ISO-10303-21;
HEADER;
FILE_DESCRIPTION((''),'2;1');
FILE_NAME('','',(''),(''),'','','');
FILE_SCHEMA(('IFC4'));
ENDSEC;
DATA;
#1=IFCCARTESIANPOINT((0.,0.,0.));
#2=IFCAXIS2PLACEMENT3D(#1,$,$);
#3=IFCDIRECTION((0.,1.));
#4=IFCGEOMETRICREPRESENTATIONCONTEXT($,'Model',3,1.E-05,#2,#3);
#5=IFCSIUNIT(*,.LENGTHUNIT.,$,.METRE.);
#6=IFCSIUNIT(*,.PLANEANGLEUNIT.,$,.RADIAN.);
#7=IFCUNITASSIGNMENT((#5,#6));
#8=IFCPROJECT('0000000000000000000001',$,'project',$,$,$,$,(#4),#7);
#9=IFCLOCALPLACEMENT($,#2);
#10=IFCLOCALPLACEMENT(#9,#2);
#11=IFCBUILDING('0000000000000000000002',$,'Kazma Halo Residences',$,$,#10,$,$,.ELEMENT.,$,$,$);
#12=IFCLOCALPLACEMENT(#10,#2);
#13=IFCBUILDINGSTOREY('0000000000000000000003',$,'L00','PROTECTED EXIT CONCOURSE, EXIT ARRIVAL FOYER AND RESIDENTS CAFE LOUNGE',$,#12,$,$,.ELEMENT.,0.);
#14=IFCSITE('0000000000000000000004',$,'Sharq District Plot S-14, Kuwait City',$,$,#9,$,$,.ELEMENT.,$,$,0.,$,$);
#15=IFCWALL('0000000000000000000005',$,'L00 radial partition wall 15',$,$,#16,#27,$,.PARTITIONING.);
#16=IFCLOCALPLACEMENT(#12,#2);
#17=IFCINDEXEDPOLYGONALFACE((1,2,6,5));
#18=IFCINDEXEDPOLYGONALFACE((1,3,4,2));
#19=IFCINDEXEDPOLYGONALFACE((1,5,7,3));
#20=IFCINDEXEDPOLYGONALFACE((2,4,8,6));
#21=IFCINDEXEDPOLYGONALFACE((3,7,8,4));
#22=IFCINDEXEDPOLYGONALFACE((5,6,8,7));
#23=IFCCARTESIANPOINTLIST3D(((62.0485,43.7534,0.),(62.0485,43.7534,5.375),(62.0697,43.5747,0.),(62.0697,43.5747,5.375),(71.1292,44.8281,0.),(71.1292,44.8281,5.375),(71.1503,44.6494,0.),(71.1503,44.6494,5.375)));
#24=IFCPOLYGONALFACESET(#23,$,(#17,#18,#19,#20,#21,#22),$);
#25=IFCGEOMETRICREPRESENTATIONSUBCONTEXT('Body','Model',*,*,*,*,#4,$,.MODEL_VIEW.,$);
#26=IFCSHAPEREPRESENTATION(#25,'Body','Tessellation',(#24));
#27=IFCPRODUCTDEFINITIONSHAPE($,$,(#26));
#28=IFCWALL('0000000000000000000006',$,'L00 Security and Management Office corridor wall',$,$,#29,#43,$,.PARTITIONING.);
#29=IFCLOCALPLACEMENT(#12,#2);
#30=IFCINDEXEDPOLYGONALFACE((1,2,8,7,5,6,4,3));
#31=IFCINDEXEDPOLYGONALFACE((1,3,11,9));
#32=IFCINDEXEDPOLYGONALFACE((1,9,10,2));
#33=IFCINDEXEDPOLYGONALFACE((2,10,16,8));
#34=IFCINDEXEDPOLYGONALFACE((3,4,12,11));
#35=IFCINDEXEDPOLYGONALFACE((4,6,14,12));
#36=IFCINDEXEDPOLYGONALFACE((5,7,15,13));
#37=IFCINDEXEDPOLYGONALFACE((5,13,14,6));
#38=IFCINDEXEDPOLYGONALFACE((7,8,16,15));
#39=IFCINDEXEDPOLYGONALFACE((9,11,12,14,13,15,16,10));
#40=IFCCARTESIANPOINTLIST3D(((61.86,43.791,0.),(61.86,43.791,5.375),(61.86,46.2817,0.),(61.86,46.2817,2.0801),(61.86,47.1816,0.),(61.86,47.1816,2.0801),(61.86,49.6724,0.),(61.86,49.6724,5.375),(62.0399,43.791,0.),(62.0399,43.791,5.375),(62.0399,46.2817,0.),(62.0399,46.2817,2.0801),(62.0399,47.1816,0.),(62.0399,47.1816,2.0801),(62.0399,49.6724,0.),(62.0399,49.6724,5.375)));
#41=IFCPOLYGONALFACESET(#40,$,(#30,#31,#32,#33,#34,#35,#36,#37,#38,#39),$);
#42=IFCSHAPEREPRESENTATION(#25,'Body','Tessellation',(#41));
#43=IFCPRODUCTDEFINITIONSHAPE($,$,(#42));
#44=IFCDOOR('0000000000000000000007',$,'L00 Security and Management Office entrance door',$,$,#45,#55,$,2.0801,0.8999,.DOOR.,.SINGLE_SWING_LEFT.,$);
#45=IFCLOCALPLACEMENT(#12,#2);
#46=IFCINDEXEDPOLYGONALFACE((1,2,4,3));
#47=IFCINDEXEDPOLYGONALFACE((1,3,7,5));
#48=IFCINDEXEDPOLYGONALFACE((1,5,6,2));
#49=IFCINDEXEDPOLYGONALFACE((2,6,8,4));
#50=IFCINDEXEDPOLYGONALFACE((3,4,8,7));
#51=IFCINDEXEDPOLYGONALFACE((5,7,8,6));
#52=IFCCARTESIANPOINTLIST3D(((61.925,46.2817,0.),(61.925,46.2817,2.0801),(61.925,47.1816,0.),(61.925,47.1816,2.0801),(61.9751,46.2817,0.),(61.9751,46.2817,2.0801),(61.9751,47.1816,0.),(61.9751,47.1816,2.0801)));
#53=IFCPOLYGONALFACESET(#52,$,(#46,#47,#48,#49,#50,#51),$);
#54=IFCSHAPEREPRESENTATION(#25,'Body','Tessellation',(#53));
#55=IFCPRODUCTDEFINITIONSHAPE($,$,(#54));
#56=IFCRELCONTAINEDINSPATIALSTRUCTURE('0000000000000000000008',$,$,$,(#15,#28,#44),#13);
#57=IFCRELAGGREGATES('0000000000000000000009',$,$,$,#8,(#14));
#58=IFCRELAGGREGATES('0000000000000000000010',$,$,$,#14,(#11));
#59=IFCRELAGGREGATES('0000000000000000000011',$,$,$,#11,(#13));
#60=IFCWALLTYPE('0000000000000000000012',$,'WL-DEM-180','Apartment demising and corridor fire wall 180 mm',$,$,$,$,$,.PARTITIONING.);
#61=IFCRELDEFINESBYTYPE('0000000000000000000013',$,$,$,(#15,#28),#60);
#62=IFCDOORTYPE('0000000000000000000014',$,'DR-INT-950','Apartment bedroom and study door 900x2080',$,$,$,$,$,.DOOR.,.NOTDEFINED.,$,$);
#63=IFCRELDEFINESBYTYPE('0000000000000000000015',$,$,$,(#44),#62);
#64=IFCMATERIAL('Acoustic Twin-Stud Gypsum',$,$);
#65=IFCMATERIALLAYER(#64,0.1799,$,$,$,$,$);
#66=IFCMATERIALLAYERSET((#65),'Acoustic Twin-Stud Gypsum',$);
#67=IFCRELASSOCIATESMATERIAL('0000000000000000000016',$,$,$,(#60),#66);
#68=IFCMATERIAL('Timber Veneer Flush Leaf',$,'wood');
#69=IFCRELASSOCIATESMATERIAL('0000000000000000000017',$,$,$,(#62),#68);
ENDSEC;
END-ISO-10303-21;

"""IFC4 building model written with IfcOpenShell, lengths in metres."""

from ifc_helpers import new_model, si_unit, direction, frame, frame_2d, origin, place, context, subcontext, project, spatial, rectangle, extrude, material, layer, layer_set, type_object, element, fill, save


model = new_model("IFC4")

# Units and contexts
model_context = context("Model", 3, precision=1e-05, world=origin(), true_north=direction((0.0, 1.0)))
body_context = subcontext(model_context, "Body", "Model", "MODEL_VIEW")
ifc_project = project(units=[si_unit("LENGTHUNIT", "METRE"), si_unit("PLANEANGLEUNIT", "RADIAN")], contexts=[model_context])

# Site, building, storey
site_placement = place(None, origin())
site = spatial("IfcSite", under=ifc_project, at=site_placement, Name="Sharq District Plot S-14, Kuwait City", CompositionType="ELEMENT", RefElevation=0.0)
building_placement = place(site_placement, origin())
building = spatial("IfcBuilding", under=site, at=building_placement, Name="Kazma Halo Residences", CompositionType="ELEMENT")
storey_placement = place(building_placement, origin())
storey = spatial("IfcBuildingStorey", under=building, at=storey_placement, Name="L00", Description="PROTECTED EXIT CONCOURSE, EXIT ARRIVAL FOYER AND RESIDENTS CAFE LOUNGE", CompositionType="ELEMENT", Elevation=0.0)

# Wall
ifc_material_1 = material(Name="Acoustic Twin-Stud Gypsum")
ifc_layer_1 = layer(ifc_material_1, 0.1799)
ifc_layer_set_1 = layer_set([ifc_layer_1], Name="Acoustic Twin-Stud Gypsum")
wall_type_1 = type_object("IfcWallType", Name="WL-DEM-180", Description="Apartment demising and corridor fire wall 180 mm", PredefinedType="PARTITIONING", material=ifc_layer_set_1)
wall_1_placement = place(storey_placement, frame((62.0591, 43.6641, 0.0), z_axis=(0.0, 0.0, 1.0), x_axis=(0.993069, 0.117532, 0.0)))
element("IfcWall", 1, at=wall_1_placement, inside=storey, type_object=wall_type_1, Name="L00 radial partition wall 15", PredefinedType="PARTITIONING", context=body_context, shape_type="SweptSolid", body=[
    extrude(rectangle(XDim=9.144, YDim=0.1799, at=frame_2d((4.572, 0.0))), origin(), (0.0, 0.0, 1.0), 5.375),
])

# Wall, opening, door
wall_2_placement = place(storey_placement, frame((61.95, 43.791, 0.0), z_axis=(0.0, 0.0, 1.0), x_axis=(0.0, 1.0, 0.0)))
wall_2 = element("IfcWall", 2, at=wall_2_placement, inside=storey, type_object=wall_type_1, Name="L00 Security and Management Office corridor wall", PredefinedType="PARTITIONING", context=body_context, shape_type="SweptSolid", body=[
    extrude(rectangle(XDim=5.8813, YDim=0.1799, at=frame_2d((2.9407, 0.0))), origin(), (0.0, 0.0, 1.0), 5.375),
])
opening_1_placement = place(wall_2_placement, frame((2.4907, 0.0, 0.0)))
opening_1 = element("IfcOpeningElement", 3, at=opening_1_placement, cuts=wall_2, PredefinedType="OPENING", context=body_context, shape_type="SweptSolid", body=[
    extrude(rectangle(XDim=0.8999, YDim=2.0801, at=frame_2d((0.45, 1.04))), frame((0.0, 0.0999, 0.0), z_axis=(0.0, -1.0, 0.0), x_axis=(1.0, 0.0, 0.0)), (0.0, 0.0, 1.0), 0.2),
])
ifc_material_2 = material(Name="Timber Veneer Flush Leaf", Category="wood")
door_type_1 = type_object("IfcDoorType", Name="DR-INT-950", Description="Apartment bedroom and study door 900x2080", OperationType="NOTDEFINED", PredefinedType="DOOR", material=ifc_material_2)
door_1_placement = place(opening_1_placement, origin())
door_1 = element("IfcDoor", 4, at=door_1_placement, inside=storey, type_object=door_type_1, Name="L00 Security and Management Office entrance door", OperationType="SINGLE_SWING_LEFT", OverallHeight=2.0801, OverallWidth=0.8999, PredefinedType="DOOR", context=body_context, shape_type="SweptSolid", body=[
    extrude(rectangle(XDim=0.8999, YDim=2.0801, at=frame_2d((0.45, 1.04))), frame((0.0, 0.0249, 0.0), z_axis=(0.0, -1.0, 0.0), x_axis=(1.0, 0.0, 0.0)), (0.0, 0.0, 1.0), 0.05),
])
fill(opening_1, door_1)

save(model, "model.ifc")
